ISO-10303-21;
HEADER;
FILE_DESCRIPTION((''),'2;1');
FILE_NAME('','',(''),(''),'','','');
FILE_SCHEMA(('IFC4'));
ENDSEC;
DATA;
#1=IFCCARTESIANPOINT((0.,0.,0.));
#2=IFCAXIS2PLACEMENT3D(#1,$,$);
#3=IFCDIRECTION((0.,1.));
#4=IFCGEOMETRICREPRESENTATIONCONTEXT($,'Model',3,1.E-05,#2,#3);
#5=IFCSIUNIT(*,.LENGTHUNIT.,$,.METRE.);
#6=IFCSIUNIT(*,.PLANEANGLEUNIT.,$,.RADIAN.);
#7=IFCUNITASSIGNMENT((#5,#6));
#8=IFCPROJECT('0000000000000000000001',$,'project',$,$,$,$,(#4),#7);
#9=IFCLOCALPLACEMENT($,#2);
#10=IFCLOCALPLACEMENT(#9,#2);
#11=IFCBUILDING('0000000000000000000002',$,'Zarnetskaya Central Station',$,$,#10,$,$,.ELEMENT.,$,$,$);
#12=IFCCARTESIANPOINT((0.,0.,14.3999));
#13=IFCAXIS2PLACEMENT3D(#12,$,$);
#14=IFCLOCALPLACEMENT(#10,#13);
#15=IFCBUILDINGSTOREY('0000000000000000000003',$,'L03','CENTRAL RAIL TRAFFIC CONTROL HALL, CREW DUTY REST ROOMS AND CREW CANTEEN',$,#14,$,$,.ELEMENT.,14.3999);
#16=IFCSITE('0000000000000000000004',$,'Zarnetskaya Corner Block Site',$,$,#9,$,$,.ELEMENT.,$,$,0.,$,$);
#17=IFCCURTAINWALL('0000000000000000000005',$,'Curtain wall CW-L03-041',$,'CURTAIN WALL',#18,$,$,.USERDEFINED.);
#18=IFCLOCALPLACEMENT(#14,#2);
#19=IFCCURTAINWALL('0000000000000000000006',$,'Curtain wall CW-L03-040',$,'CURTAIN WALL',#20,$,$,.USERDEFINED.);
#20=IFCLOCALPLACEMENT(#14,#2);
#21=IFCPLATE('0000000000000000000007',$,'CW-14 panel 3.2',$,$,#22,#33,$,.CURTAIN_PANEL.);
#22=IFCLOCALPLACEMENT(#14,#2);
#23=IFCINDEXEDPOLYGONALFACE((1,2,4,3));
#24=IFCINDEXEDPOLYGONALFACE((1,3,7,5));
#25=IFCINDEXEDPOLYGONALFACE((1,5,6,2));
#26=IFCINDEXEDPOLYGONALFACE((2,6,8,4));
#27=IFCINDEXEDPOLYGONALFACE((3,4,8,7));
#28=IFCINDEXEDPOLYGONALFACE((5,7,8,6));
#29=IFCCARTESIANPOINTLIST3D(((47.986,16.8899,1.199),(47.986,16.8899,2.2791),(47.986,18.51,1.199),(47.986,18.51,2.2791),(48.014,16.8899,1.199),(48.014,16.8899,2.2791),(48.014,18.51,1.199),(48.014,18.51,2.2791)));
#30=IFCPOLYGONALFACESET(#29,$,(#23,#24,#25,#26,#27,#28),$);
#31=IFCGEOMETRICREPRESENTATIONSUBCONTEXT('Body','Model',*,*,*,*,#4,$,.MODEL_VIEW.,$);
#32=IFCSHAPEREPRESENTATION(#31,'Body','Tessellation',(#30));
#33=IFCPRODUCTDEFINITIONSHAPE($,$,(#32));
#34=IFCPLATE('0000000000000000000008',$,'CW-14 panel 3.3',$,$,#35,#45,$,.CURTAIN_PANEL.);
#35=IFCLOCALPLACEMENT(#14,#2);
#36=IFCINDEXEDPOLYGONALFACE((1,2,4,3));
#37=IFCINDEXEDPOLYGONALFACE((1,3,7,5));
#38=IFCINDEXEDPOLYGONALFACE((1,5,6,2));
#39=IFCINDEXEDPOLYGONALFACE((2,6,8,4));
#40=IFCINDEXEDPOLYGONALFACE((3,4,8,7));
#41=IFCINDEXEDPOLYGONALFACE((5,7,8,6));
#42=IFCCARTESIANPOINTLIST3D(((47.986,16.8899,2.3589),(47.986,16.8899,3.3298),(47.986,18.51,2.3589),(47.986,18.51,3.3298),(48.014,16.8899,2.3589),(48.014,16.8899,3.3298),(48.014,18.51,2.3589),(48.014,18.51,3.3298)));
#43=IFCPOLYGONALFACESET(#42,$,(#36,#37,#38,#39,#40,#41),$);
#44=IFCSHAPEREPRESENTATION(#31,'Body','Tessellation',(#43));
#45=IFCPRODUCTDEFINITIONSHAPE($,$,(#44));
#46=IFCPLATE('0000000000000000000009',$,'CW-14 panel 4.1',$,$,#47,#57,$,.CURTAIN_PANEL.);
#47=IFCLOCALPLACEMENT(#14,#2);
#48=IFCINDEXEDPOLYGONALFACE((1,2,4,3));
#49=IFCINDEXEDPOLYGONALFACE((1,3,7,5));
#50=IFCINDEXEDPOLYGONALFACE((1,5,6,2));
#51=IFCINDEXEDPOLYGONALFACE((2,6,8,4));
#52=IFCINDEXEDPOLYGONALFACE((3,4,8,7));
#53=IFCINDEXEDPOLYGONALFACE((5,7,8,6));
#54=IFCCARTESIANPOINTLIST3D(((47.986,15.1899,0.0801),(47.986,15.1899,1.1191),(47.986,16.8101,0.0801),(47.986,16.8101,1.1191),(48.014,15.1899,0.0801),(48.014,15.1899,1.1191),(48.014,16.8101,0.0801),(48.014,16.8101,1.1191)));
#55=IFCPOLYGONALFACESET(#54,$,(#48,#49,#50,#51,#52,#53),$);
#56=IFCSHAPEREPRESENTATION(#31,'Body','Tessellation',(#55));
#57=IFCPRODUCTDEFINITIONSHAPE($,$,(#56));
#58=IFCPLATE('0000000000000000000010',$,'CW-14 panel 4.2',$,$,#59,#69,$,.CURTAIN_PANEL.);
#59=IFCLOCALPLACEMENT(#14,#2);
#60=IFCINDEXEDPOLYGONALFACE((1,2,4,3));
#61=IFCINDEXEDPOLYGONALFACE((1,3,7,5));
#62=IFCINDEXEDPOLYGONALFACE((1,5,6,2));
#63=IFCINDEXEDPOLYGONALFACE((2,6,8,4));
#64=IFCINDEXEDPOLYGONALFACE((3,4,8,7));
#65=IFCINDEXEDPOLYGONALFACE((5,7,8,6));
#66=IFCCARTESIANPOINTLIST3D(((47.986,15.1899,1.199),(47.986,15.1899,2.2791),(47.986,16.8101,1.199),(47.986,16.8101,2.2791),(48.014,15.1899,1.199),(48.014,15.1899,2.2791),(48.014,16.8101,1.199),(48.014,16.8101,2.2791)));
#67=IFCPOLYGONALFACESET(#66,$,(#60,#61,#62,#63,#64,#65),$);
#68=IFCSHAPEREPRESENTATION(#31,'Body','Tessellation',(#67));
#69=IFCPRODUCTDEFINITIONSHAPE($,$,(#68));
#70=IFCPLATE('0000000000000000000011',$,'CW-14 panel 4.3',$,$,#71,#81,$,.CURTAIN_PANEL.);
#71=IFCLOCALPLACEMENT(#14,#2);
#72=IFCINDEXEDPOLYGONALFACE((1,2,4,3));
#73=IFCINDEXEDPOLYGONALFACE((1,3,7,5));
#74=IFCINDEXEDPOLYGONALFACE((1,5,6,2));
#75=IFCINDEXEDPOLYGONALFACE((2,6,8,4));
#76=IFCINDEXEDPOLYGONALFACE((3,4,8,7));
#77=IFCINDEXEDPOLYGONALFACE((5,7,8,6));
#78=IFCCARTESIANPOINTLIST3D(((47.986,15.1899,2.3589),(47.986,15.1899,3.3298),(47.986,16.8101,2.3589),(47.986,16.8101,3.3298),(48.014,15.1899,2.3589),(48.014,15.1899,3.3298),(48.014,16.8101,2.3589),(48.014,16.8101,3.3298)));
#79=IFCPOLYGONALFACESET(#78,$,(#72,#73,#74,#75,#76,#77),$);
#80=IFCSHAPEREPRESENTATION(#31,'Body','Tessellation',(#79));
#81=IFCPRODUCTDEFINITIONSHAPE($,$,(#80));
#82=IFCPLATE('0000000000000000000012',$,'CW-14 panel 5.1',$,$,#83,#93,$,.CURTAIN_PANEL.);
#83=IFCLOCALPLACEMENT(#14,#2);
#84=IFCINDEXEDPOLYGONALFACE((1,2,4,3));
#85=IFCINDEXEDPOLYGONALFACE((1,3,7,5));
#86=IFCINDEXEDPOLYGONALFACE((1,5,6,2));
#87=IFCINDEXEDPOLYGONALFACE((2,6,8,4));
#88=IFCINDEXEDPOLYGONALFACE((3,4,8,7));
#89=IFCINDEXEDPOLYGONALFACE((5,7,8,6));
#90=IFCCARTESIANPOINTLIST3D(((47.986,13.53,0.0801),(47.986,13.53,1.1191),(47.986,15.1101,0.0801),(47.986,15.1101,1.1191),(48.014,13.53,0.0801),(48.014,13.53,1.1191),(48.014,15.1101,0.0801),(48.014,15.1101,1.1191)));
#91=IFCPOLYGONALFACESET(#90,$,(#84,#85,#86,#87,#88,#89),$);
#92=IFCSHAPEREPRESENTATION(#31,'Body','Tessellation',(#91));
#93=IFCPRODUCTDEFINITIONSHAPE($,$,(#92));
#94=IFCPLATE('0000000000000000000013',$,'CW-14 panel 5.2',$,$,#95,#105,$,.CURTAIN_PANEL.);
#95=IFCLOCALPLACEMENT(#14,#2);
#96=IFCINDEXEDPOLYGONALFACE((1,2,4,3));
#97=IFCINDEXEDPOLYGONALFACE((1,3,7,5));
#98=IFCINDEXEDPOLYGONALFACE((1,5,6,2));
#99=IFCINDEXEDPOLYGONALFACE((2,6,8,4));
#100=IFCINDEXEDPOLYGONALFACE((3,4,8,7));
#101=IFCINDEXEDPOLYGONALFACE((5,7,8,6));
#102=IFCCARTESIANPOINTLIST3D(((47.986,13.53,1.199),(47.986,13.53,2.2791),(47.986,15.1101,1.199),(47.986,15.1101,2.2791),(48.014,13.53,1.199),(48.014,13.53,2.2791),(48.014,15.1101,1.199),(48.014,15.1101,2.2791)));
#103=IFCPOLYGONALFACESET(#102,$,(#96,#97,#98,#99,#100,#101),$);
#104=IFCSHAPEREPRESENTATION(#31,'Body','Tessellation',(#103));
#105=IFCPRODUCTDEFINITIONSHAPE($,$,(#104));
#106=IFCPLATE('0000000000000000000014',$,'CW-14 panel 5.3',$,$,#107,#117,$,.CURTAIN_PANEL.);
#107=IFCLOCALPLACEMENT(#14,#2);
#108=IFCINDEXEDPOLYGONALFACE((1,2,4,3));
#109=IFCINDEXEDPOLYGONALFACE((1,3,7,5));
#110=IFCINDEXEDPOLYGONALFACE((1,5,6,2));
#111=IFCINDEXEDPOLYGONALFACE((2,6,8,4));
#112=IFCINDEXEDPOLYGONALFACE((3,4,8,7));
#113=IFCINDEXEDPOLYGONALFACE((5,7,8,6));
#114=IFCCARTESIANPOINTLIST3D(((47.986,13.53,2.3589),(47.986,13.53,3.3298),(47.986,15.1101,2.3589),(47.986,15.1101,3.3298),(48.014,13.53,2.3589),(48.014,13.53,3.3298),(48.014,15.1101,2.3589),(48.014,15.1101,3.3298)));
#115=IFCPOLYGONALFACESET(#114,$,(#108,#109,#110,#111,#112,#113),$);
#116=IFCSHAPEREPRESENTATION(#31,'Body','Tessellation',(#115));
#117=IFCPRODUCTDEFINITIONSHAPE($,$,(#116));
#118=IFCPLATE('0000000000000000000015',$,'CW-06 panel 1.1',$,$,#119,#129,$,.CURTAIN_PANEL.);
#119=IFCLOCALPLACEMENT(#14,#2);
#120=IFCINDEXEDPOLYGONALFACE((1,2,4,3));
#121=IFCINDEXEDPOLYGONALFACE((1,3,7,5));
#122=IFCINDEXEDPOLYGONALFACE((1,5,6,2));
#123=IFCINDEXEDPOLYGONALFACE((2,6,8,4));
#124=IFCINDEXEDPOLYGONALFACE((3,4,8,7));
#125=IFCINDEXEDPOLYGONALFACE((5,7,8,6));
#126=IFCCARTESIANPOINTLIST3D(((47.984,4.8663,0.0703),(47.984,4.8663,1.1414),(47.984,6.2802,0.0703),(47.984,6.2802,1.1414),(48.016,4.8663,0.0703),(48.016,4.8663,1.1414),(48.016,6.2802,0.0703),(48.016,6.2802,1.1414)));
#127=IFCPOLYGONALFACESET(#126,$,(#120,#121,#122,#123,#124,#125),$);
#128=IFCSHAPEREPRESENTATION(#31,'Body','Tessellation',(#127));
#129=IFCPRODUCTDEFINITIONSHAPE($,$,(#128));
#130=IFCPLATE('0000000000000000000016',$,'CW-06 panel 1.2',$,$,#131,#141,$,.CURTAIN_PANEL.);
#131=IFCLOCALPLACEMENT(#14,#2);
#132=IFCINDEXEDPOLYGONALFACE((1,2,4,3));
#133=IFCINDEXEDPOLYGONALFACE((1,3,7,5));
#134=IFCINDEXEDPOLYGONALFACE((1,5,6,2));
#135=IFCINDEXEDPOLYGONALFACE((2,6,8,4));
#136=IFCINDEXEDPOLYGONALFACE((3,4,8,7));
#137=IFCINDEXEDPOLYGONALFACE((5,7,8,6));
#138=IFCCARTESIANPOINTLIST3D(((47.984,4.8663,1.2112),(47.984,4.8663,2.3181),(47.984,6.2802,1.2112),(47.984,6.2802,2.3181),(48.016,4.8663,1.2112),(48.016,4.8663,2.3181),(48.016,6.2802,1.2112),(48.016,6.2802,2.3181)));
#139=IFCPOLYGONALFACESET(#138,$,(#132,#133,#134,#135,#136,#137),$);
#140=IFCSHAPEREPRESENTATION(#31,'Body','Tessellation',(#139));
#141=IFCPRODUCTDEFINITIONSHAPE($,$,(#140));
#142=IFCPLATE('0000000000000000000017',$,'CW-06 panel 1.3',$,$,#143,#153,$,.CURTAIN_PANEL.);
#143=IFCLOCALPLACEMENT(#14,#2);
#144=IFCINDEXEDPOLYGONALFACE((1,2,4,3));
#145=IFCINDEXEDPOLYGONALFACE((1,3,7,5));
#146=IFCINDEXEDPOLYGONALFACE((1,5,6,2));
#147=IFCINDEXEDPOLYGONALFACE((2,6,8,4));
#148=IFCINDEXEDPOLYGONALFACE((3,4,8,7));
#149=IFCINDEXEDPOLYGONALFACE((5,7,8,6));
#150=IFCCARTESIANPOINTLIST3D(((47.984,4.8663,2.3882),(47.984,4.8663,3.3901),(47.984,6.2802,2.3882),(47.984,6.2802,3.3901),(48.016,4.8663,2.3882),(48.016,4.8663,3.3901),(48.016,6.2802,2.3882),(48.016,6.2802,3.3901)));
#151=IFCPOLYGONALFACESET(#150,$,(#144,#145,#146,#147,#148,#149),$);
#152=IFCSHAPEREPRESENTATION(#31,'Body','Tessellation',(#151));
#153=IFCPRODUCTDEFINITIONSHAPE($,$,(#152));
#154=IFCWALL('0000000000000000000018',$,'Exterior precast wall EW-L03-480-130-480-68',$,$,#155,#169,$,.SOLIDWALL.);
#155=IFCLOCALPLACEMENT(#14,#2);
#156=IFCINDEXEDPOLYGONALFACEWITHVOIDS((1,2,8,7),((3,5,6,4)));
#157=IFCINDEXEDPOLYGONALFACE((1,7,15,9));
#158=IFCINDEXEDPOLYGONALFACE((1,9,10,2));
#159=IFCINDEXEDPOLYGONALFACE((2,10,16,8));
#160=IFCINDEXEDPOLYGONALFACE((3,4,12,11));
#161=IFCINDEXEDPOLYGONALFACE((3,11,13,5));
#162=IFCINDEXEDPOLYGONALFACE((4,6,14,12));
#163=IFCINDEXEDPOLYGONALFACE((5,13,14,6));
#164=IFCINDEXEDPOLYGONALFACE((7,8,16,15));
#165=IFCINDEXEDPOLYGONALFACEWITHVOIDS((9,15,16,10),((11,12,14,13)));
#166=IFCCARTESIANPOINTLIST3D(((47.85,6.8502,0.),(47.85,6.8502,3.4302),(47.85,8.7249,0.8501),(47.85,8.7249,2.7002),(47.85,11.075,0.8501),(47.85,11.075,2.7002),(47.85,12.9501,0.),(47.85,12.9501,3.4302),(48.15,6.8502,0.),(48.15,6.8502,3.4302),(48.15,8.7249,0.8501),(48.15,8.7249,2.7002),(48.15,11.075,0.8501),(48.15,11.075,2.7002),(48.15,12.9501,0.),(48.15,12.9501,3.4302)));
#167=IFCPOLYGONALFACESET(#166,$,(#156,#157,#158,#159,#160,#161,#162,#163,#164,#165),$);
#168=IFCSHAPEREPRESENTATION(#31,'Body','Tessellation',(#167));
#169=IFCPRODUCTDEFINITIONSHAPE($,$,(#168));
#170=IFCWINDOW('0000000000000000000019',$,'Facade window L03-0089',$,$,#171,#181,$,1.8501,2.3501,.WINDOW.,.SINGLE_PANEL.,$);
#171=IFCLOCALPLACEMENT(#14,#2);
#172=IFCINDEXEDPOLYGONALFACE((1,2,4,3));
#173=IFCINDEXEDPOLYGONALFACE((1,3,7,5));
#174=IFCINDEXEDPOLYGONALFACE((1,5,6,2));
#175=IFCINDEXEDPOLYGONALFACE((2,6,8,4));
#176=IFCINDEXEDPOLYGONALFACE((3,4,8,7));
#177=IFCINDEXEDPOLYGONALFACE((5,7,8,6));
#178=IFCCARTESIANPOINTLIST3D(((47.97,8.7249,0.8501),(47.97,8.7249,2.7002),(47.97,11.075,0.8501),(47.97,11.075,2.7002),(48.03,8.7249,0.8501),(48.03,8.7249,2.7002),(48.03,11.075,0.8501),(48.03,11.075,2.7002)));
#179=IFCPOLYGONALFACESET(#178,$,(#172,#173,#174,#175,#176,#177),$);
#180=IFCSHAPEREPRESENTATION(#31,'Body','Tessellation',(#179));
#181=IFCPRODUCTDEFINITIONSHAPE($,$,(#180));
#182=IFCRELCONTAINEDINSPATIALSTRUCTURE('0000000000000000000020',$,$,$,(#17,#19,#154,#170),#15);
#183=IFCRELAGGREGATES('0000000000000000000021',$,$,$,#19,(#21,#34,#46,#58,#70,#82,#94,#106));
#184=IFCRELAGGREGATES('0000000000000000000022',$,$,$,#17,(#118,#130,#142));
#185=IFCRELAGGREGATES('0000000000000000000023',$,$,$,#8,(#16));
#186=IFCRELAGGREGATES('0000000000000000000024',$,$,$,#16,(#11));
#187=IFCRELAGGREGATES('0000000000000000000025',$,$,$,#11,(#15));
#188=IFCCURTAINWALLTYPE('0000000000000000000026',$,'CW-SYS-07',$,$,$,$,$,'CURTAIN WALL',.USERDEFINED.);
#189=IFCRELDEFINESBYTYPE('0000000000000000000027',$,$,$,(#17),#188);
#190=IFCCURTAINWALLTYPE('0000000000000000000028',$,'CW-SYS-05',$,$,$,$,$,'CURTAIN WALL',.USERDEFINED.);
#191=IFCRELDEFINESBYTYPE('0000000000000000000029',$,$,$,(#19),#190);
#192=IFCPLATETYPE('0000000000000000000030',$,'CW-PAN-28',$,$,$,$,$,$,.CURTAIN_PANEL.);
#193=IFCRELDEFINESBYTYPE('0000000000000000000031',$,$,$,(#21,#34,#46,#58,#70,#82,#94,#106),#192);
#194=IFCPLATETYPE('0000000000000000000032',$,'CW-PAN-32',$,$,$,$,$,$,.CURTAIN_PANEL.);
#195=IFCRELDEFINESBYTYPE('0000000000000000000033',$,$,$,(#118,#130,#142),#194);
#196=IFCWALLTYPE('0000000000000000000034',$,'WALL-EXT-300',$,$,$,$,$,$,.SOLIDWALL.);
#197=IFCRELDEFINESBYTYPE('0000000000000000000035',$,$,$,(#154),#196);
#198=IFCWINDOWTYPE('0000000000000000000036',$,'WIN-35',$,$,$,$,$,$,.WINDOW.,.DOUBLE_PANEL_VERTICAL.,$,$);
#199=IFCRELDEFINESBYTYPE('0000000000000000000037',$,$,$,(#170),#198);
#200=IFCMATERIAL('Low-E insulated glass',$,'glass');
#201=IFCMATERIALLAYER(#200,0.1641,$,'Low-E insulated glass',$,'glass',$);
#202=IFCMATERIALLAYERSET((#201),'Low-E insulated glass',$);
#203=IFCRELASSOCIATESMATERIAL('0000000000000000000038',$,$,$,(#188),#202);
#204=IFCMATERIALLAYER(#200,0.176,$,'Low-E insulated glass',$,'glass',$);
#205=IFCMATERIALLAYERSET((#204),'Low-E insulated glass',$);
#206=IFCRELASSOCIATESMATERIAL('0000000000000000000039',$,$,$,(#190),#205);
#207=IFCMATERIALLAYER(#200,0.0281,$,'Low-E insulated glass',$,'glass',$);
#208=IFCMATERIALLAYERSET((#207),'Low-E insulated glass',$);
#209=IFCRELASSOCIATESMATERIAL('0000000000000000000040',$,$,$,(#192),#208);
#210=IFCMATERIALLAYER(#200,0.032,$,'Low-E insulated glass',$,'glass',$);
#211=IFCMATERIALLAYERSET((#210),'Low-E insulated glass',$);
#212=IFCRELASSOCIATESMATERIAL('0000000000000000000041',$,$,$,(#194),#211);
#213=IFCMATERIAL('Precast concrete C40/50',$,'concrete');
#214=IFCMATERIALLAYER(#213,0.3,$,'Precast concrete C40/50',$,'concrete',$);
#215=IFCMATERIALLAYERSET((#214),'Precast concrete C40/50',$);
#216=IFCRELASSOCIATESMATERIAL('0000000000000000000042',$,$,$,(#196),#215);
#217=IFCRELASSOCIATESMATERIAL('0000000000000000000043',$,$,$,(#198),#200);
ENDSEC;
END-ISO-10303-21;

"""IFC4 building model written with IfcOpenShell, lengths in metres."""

from ifc_helpers import new_model, si_unit, direction, frame, frame_2d, origin, origin_2d, place, context, subcontext, project, spatial, rectangle, extrude, material, layer, layer_set, type_object, element, fill, aggregate, save


model = new_model("IFC4")

# Units and contexts
model_context = context("Model", 3, precision=1e-05, world=origin(), true_north=direction((0.0, 1.0)))
body_context = subcontext(model_context, "Body", "Model", "MODEL_VIEW")
ifc_project = project(units=[si_unit("LENGTHUNIT", "METRE"), si_unit("PLANEANGLEUNIT", "RADIAN")], contexts=[model_context])

# Site, building, storey
site_placement = place(None, origin())
site = spatial("IfcSite", under=ifc_project, at=site_placement, Name="Zarnetskaya Corner Block Site", CompositionType="ELEMENT", RefElevation=0.0)
building_placement = place(site_placement, origin())
building = spatial("IfcBuilding", under=site, at=building_placement, Name="Zarnetskaya Central Station", CompositionType="ELEMENT")
storey_placement = place(building_placement, frame((0.0, 0.0, 14.3999)))
storey = spatial("IfcBuildingStorey", under=building, at=storey_placement, Name="L03", Description="CENTRAL RAIL TRAFFIC CONTROL HALL, CREW DUTY REST ROOMS AND CREW CANTEEN", CompositionType="ELEMENT", Elevation=14.3999)

# Curtain wall
ifc_material_1 = material(Name="Low-E insulated glass", Category="glass")
ifc_layer_1 = layer(ifc_material_1, 0.1641, Name="Low-E insulated glass", Category="glass")
ifc_layer_set_1 = layer_set([ifc_layer_1], Name="Low-E insulated glass")
curtain_wall_type_1 = type_object("IfcCurtainWallType", Name="CW-SYS-07", ElementType="CURTAIN WALL", PredefinedType="USERDEFINED", material=ifc_layer_set_1)
curtain_wall_1_placement = place(storey_placement, origin())
curtain_wall_1 = element("IfcCurtainWall", 1, at=curtain_wall_1_placement, inside=storey, type_object=curtain_wall_type_1, Name="Curtain wall CW-L03-041", ObjectType="CURTAIN WALL", PredefinedType="USERDEFINED")

# Curtain wall, plates
ifc_layer_2 = layer(ifc_material_1, 0.176, Name="Low-E insulated glass", Category="glass")
ifc_layer_set_2 = layer_set([ifc_layer_2], Name="Low-E insulated glass")
curtain_wall_type_2 = type_object("IfcCurtainWallType", Name="CW-SYS-05", ElementType="CURTAIN WALL", PredefinedType="USERDEFINED", material=ifc_layer_set_2)
curtain_wall_2_placement = place(storey_placement, origin())
curtain_wall_2 = element("IfcCurtainWall", 2, at=curtain_wall_2_placement, inside=storey, type_object=curtain_wall_type_2, Name="Curtain wall CW-L03-040", ObjectType="CURTAIN WALL", PredefinedType="USERDEFINED")
ifc_layer_3 = layer(ifc_material_1, 0.0281, Name="Low-E insulated glass", Category="glass")
ifc_layer_set_3 = layer_set([ifc_layer_3], Name="Low-E insulated glass")
plate_type_1 = type_object("IfcPlateType", Name="CW-PAN-28", PredefinedType="CURTAIN_PANEL", material=ifc_layer_set_3)
plate_1_placement = place(storey_placement, frame((48.0, 17.7, 1.199), z_axis=(0.0, 0.0, 1.0), x_axis=(0.0, -1.0, 0.0)))
plate_1 = element("IfcPlate", 3, at=plate_1_placement, type_object=plate_type_1, Name="CW-14 panel 3.2", PredefinedType="CURTAIN_PANEL", context=body_context, shape_type="SweptSolid", body=[
    extrude(rectangle(XDim=1.6201, YDim=0.0281, at=origin_2d()), origin(), (0.0, 0.0, 1.0), 1.0801),
])
plate_2_placement = place(storey_placement, frame((48.0, 17.7, 2.3589), z_axis=(0.0, 0.0, 1.0), x_axis=(0.0, -1.0, 0.0)))
plate_2 = element("IfcPlate", 4, at=plate_2_placement, type_object=plate_type_1, Name="CW-14 panel 3.3", PredefinedType="CURTAIN_PANEL", context=body_context, shape_type="SweptSolid", body=[
    extrude(rectangle(XDim=1.6201, YDim=0.0281, at=origin_2d()), origin(), (0.0, 0.0, 1.0), 0.9709),
])
plate_3_placement = place(storey_placement, frame((48.0, 16.0, 0.0801), z_axis=(0.0, 0.0, 1.0), x_axis=(0.0, -1.0, 0.0)))
plate_3 = element("IfcPlate", 5, at=plate_3_placement, type_object=plate_type_1, Name="CW-14 panel 4.1", PredefinedType="CURTAIN_PANEL", context=body_context, shape_type="SweptSolid", body=[
    extrude(rectangle(XDim=1.6201, YDim=0.0281, at=origin_2d()), origin(), (0.0, 0.0, 1.0), 1.0391),
])
plate_4_placement = place(storey_placement, frame((48.0, 16.0, 1.199), z_axis=(0.0, 0.0, 1.0), x_axis=(0.0, -1.0, 0.0)))
plate_4 = element("IfcPlate", 6, at=plate_4_placement, type_object=plate_type_1, Name="CW-14 panel 4.2", PredefinedType="CURTAIN_PANEL", context=body_context, shape_type="SweptSolid", body=[
    extrude(rectangle(XDim=1.6201, YDim=0.0281, at=origin_2d()), origin(), (0.0, 0.0, 1.0), 1.0801),
])
plate_5_placement = place(storey_placement, frame((48.0, 16.0, 2.3589), z_axis=(0.0, 0.0, 1.0), x_axis=(0.0, -1.0, 0.0)))
plate_5 = element("IfcPlate", 7, at=plate_5_placement, type_object=plate_type_1, Name="CW-14 panel 4.3", PredefinedType="CURTAIN_PANEL", context=body_context, shape_type="SweptSolid", body=[
    extrude(rectangle(XDim=1.6201, YDim=0.0281, at=origin_2d()), origin(), (0.0, 0.0, 1.0), 0.9709),
])
plate_6_placement = place(storey_placement, frame((48.0, 14.3201, 0.0801), z_axis=(0.0, 0.0, 1.0), x_axis=(0.0, -1.0, 0.0)))
plate_6 = element("IfcPlate", 8, at=plate_6_placement, type_object=plate_type_1, Name="CW-14 panel 5.1", PredefinedType="CURTAIN_PANEL", context=body_context, shape_type="SweptSolid", body=[
    extrude(rectangle(XDim=1.5801, YDim=0.0281, at=origin_2d()), origin(), (0.0, 0.0, 1.0), 1.0391),
])
plate_7_placement = place(storey_placement, frame((48.0, 14.3201, 1.199), z_axis=(0.0, 0.0, 1.0), x_axis=(0.0, -1.0, 0.0)))
plate_7 = element("IfcPlate", 9, at=plate_7_placement, type_object=plate_type_1, Name="CW-14 panel 5.2", PredefinedType="CURTAIN_PANEL", context=body_context, shape_type="SweptSolid", body=[
    extrude(rectangle(XDim=1.5801, YDim=0.0281, at=origin_2d()), origin(), (0.0, 0.0, 1.0), 1.0801),
])
plate_8_placement = place(storey_placement, frame((48.0, 14.3201, 2.3589), z_axis=(0.0, 0.0, 1.0), x_axis=(0.0, -1.0, 0.0)))
plate_8 = element("IfcPlate", 10, at=plate_8_placement, type_object=plate_type_1, Name="CW-14 panel 5.3", PredefinedType="CURTAIN_PANEL", context=body_context, shape_type="SweptSolid", body=[
    extrude(rectangle(XDim=1.5801, YDim=0.0281, at=origin_2d()), origin(), (0.0, 0.0, 1.0), 0.9709),
])
aggregate(curtain_wall_2, [plate_1, plate_2, plate_3, plate_4, plate_5, plate_6, plate_7, plate_8])

# Plates
ifc_layer_4 = layer(ifc_material_1, 0.032, Name="Low-E insulated glass", Category="glass")
ifc_layer_set_4 = layer_set([ifc_layer_4], Name="Low-E insulated glass")
plate_type_2 = type_object("IfcPlateType", Name="CW-PAN-32", PredefinedType="CURTAIN_PANEL", material=ifc_layer_set_4)
plate_9_placement = place(storey_placement, frame((48.0, 5.5732, 0.0703), z_axis=(0.0, 0.0, 1.0), x_axis=(0.0, -1.0, 0.0)))
plate_9 = element("IfcPlate", 11, at=plate_9_placement, type_object=plate_type_2, Name="CW-06 panel 1.1", PredefinedType="CURTAIN_PANEL", context=body_context, shape_type="SweptSolid", body=[
    extrude(rectangle(XDim=1.4138, YDim=0.032, at=origin_2d()), origin(), (0.0, 0.0, 1.0), 1.071),
])
plate_10_placement = place(storey_placement, frame((48.0, 5.5732, 1.2112), z_axis=(0.0, 0.0, 1.0), x_axis=(0.0, -1.0, 0.0)))
plate_10 = element("IfcPlate", 12, at=plate_10_placement, type_object=plate_type_2, Name="CW-06 panel 1.2", PredefinedType="CURTAIN_PANEL", context=body_context, shape_type="SweptSolid", body=[
    extrude(rectangle(XDim=1.4138, YDim=0.032, at=origin_2d()), origin(), (0.0, 0.0, 1.0), 1.1069),
])
plate_11_placement = place(storey_placement, frame((48.0, 5.5732, 2.3882), z_axis=(0.0, 0.0, 1.0), x_axis=(0.0, -1.0, 0.0)))
plate_11 = element("IfcPlate", 13, at=plate_11_placement, type_object=plate_type_2, Name="CW-06 panel 1.3", PredefinedType="CURTAIN_PANEL", context=body_context, shape_type="SweptSolid", body=[
    extrude(rectangle(XDim=1.4138, YDim=0.032, at=origin_2d()), origin(), (0.0, 0.0, 1.0), 1.002),
])
aggregate(curtain_wall_1, [plate_9, plate_10, plate_11])

# Wall, opening, window
ifc_material_2 = material(Name="Precast concrete C40/50", Category="concrete")
ifc_layer_5 = layer(ifc_material_2, 0.3, Name="Precast concrete C40/50", Category="concrete")
ifc_layer_set_5 = layer_set([ifc_layer_5], Name="Precast concrete C40/50")
wall_type = type_object("IfcWallType", Name="WALL-EXT-300", PredefinedType="SOLIDWALL", material=ifc_layer_set_5)
wall_placement = place(storey_placement, frame((48.0, 12.95, 0.0), z_axis=(0.0, 0.0, 1.0), x_axis=(0.0, -1.0, 0.0)))
wall = element("IfcWall", 14, at=wall_placement, inside=storey, type_object=wall_type, Name="Exterior precast wall EW-L03-480-130-480-68", PredefinedType="SOLIDWALL", context=body_context, shape_type="SweptSolid", body=[
    extrude(rectangle(XDim=6.0999, YDim=0.3, at=frame_2d((3.0498, 0.0))), origin(), (0.0, 0.0, 1.0), 3.4302),
])
opening_placement = place(wall_placement, frame((1.875, 0.0, 0.8501)))
opening = element("IfcOpeningElement", 15, at=opening_placement, cuts=wall, PredefinedType="OPENING", context=body_context, shape_type="SweptSolid", body=[
    extrude(rectangle(XDim=2.3501, YDim=1.8501, at=frame_2d((1.175, 0.925))), frame((0.0, 0.1602, 0.0), z_axis=(0.0, -1.0, 0.0), x_axis=(1.0, 0.0, 0.0)), (0.0, 0.0, 1.0), 0.3201),
])
window_type = type_object("IfcWindowType", Name="WIN-35", PartitioningType="DOUBLE_PANEL_VERTICAL", PredefinedType="WINDOW", material=ifc_material_1)
window_placement = place(opening_placement, origin())
window = element("IfcWindow", 16, at=window_placement, inside=storey, type_object=window_type, Name="Facade window L03-0089", OverallHeight=1.8501, OverallWidth=2.3501, PartitioningType="SINGLE_PANEL", PredefinedType="WINDOW", context=body_context, shape_type="SweptSolid", body=[
    extrude(rectangle(XDim=2.3501, YDim=1.8501, at=frame_2d((1.175, 0.925))), frame((0.0, 0.03, 0.0), z_axis=(0.0, -1.0, 0.0), x_axis=(1.0, 0.0, 0.0)), (0.0, 0.0, 1.0), 0.0601),
])
fill(opening, window)

save(model, "model.ifc")
